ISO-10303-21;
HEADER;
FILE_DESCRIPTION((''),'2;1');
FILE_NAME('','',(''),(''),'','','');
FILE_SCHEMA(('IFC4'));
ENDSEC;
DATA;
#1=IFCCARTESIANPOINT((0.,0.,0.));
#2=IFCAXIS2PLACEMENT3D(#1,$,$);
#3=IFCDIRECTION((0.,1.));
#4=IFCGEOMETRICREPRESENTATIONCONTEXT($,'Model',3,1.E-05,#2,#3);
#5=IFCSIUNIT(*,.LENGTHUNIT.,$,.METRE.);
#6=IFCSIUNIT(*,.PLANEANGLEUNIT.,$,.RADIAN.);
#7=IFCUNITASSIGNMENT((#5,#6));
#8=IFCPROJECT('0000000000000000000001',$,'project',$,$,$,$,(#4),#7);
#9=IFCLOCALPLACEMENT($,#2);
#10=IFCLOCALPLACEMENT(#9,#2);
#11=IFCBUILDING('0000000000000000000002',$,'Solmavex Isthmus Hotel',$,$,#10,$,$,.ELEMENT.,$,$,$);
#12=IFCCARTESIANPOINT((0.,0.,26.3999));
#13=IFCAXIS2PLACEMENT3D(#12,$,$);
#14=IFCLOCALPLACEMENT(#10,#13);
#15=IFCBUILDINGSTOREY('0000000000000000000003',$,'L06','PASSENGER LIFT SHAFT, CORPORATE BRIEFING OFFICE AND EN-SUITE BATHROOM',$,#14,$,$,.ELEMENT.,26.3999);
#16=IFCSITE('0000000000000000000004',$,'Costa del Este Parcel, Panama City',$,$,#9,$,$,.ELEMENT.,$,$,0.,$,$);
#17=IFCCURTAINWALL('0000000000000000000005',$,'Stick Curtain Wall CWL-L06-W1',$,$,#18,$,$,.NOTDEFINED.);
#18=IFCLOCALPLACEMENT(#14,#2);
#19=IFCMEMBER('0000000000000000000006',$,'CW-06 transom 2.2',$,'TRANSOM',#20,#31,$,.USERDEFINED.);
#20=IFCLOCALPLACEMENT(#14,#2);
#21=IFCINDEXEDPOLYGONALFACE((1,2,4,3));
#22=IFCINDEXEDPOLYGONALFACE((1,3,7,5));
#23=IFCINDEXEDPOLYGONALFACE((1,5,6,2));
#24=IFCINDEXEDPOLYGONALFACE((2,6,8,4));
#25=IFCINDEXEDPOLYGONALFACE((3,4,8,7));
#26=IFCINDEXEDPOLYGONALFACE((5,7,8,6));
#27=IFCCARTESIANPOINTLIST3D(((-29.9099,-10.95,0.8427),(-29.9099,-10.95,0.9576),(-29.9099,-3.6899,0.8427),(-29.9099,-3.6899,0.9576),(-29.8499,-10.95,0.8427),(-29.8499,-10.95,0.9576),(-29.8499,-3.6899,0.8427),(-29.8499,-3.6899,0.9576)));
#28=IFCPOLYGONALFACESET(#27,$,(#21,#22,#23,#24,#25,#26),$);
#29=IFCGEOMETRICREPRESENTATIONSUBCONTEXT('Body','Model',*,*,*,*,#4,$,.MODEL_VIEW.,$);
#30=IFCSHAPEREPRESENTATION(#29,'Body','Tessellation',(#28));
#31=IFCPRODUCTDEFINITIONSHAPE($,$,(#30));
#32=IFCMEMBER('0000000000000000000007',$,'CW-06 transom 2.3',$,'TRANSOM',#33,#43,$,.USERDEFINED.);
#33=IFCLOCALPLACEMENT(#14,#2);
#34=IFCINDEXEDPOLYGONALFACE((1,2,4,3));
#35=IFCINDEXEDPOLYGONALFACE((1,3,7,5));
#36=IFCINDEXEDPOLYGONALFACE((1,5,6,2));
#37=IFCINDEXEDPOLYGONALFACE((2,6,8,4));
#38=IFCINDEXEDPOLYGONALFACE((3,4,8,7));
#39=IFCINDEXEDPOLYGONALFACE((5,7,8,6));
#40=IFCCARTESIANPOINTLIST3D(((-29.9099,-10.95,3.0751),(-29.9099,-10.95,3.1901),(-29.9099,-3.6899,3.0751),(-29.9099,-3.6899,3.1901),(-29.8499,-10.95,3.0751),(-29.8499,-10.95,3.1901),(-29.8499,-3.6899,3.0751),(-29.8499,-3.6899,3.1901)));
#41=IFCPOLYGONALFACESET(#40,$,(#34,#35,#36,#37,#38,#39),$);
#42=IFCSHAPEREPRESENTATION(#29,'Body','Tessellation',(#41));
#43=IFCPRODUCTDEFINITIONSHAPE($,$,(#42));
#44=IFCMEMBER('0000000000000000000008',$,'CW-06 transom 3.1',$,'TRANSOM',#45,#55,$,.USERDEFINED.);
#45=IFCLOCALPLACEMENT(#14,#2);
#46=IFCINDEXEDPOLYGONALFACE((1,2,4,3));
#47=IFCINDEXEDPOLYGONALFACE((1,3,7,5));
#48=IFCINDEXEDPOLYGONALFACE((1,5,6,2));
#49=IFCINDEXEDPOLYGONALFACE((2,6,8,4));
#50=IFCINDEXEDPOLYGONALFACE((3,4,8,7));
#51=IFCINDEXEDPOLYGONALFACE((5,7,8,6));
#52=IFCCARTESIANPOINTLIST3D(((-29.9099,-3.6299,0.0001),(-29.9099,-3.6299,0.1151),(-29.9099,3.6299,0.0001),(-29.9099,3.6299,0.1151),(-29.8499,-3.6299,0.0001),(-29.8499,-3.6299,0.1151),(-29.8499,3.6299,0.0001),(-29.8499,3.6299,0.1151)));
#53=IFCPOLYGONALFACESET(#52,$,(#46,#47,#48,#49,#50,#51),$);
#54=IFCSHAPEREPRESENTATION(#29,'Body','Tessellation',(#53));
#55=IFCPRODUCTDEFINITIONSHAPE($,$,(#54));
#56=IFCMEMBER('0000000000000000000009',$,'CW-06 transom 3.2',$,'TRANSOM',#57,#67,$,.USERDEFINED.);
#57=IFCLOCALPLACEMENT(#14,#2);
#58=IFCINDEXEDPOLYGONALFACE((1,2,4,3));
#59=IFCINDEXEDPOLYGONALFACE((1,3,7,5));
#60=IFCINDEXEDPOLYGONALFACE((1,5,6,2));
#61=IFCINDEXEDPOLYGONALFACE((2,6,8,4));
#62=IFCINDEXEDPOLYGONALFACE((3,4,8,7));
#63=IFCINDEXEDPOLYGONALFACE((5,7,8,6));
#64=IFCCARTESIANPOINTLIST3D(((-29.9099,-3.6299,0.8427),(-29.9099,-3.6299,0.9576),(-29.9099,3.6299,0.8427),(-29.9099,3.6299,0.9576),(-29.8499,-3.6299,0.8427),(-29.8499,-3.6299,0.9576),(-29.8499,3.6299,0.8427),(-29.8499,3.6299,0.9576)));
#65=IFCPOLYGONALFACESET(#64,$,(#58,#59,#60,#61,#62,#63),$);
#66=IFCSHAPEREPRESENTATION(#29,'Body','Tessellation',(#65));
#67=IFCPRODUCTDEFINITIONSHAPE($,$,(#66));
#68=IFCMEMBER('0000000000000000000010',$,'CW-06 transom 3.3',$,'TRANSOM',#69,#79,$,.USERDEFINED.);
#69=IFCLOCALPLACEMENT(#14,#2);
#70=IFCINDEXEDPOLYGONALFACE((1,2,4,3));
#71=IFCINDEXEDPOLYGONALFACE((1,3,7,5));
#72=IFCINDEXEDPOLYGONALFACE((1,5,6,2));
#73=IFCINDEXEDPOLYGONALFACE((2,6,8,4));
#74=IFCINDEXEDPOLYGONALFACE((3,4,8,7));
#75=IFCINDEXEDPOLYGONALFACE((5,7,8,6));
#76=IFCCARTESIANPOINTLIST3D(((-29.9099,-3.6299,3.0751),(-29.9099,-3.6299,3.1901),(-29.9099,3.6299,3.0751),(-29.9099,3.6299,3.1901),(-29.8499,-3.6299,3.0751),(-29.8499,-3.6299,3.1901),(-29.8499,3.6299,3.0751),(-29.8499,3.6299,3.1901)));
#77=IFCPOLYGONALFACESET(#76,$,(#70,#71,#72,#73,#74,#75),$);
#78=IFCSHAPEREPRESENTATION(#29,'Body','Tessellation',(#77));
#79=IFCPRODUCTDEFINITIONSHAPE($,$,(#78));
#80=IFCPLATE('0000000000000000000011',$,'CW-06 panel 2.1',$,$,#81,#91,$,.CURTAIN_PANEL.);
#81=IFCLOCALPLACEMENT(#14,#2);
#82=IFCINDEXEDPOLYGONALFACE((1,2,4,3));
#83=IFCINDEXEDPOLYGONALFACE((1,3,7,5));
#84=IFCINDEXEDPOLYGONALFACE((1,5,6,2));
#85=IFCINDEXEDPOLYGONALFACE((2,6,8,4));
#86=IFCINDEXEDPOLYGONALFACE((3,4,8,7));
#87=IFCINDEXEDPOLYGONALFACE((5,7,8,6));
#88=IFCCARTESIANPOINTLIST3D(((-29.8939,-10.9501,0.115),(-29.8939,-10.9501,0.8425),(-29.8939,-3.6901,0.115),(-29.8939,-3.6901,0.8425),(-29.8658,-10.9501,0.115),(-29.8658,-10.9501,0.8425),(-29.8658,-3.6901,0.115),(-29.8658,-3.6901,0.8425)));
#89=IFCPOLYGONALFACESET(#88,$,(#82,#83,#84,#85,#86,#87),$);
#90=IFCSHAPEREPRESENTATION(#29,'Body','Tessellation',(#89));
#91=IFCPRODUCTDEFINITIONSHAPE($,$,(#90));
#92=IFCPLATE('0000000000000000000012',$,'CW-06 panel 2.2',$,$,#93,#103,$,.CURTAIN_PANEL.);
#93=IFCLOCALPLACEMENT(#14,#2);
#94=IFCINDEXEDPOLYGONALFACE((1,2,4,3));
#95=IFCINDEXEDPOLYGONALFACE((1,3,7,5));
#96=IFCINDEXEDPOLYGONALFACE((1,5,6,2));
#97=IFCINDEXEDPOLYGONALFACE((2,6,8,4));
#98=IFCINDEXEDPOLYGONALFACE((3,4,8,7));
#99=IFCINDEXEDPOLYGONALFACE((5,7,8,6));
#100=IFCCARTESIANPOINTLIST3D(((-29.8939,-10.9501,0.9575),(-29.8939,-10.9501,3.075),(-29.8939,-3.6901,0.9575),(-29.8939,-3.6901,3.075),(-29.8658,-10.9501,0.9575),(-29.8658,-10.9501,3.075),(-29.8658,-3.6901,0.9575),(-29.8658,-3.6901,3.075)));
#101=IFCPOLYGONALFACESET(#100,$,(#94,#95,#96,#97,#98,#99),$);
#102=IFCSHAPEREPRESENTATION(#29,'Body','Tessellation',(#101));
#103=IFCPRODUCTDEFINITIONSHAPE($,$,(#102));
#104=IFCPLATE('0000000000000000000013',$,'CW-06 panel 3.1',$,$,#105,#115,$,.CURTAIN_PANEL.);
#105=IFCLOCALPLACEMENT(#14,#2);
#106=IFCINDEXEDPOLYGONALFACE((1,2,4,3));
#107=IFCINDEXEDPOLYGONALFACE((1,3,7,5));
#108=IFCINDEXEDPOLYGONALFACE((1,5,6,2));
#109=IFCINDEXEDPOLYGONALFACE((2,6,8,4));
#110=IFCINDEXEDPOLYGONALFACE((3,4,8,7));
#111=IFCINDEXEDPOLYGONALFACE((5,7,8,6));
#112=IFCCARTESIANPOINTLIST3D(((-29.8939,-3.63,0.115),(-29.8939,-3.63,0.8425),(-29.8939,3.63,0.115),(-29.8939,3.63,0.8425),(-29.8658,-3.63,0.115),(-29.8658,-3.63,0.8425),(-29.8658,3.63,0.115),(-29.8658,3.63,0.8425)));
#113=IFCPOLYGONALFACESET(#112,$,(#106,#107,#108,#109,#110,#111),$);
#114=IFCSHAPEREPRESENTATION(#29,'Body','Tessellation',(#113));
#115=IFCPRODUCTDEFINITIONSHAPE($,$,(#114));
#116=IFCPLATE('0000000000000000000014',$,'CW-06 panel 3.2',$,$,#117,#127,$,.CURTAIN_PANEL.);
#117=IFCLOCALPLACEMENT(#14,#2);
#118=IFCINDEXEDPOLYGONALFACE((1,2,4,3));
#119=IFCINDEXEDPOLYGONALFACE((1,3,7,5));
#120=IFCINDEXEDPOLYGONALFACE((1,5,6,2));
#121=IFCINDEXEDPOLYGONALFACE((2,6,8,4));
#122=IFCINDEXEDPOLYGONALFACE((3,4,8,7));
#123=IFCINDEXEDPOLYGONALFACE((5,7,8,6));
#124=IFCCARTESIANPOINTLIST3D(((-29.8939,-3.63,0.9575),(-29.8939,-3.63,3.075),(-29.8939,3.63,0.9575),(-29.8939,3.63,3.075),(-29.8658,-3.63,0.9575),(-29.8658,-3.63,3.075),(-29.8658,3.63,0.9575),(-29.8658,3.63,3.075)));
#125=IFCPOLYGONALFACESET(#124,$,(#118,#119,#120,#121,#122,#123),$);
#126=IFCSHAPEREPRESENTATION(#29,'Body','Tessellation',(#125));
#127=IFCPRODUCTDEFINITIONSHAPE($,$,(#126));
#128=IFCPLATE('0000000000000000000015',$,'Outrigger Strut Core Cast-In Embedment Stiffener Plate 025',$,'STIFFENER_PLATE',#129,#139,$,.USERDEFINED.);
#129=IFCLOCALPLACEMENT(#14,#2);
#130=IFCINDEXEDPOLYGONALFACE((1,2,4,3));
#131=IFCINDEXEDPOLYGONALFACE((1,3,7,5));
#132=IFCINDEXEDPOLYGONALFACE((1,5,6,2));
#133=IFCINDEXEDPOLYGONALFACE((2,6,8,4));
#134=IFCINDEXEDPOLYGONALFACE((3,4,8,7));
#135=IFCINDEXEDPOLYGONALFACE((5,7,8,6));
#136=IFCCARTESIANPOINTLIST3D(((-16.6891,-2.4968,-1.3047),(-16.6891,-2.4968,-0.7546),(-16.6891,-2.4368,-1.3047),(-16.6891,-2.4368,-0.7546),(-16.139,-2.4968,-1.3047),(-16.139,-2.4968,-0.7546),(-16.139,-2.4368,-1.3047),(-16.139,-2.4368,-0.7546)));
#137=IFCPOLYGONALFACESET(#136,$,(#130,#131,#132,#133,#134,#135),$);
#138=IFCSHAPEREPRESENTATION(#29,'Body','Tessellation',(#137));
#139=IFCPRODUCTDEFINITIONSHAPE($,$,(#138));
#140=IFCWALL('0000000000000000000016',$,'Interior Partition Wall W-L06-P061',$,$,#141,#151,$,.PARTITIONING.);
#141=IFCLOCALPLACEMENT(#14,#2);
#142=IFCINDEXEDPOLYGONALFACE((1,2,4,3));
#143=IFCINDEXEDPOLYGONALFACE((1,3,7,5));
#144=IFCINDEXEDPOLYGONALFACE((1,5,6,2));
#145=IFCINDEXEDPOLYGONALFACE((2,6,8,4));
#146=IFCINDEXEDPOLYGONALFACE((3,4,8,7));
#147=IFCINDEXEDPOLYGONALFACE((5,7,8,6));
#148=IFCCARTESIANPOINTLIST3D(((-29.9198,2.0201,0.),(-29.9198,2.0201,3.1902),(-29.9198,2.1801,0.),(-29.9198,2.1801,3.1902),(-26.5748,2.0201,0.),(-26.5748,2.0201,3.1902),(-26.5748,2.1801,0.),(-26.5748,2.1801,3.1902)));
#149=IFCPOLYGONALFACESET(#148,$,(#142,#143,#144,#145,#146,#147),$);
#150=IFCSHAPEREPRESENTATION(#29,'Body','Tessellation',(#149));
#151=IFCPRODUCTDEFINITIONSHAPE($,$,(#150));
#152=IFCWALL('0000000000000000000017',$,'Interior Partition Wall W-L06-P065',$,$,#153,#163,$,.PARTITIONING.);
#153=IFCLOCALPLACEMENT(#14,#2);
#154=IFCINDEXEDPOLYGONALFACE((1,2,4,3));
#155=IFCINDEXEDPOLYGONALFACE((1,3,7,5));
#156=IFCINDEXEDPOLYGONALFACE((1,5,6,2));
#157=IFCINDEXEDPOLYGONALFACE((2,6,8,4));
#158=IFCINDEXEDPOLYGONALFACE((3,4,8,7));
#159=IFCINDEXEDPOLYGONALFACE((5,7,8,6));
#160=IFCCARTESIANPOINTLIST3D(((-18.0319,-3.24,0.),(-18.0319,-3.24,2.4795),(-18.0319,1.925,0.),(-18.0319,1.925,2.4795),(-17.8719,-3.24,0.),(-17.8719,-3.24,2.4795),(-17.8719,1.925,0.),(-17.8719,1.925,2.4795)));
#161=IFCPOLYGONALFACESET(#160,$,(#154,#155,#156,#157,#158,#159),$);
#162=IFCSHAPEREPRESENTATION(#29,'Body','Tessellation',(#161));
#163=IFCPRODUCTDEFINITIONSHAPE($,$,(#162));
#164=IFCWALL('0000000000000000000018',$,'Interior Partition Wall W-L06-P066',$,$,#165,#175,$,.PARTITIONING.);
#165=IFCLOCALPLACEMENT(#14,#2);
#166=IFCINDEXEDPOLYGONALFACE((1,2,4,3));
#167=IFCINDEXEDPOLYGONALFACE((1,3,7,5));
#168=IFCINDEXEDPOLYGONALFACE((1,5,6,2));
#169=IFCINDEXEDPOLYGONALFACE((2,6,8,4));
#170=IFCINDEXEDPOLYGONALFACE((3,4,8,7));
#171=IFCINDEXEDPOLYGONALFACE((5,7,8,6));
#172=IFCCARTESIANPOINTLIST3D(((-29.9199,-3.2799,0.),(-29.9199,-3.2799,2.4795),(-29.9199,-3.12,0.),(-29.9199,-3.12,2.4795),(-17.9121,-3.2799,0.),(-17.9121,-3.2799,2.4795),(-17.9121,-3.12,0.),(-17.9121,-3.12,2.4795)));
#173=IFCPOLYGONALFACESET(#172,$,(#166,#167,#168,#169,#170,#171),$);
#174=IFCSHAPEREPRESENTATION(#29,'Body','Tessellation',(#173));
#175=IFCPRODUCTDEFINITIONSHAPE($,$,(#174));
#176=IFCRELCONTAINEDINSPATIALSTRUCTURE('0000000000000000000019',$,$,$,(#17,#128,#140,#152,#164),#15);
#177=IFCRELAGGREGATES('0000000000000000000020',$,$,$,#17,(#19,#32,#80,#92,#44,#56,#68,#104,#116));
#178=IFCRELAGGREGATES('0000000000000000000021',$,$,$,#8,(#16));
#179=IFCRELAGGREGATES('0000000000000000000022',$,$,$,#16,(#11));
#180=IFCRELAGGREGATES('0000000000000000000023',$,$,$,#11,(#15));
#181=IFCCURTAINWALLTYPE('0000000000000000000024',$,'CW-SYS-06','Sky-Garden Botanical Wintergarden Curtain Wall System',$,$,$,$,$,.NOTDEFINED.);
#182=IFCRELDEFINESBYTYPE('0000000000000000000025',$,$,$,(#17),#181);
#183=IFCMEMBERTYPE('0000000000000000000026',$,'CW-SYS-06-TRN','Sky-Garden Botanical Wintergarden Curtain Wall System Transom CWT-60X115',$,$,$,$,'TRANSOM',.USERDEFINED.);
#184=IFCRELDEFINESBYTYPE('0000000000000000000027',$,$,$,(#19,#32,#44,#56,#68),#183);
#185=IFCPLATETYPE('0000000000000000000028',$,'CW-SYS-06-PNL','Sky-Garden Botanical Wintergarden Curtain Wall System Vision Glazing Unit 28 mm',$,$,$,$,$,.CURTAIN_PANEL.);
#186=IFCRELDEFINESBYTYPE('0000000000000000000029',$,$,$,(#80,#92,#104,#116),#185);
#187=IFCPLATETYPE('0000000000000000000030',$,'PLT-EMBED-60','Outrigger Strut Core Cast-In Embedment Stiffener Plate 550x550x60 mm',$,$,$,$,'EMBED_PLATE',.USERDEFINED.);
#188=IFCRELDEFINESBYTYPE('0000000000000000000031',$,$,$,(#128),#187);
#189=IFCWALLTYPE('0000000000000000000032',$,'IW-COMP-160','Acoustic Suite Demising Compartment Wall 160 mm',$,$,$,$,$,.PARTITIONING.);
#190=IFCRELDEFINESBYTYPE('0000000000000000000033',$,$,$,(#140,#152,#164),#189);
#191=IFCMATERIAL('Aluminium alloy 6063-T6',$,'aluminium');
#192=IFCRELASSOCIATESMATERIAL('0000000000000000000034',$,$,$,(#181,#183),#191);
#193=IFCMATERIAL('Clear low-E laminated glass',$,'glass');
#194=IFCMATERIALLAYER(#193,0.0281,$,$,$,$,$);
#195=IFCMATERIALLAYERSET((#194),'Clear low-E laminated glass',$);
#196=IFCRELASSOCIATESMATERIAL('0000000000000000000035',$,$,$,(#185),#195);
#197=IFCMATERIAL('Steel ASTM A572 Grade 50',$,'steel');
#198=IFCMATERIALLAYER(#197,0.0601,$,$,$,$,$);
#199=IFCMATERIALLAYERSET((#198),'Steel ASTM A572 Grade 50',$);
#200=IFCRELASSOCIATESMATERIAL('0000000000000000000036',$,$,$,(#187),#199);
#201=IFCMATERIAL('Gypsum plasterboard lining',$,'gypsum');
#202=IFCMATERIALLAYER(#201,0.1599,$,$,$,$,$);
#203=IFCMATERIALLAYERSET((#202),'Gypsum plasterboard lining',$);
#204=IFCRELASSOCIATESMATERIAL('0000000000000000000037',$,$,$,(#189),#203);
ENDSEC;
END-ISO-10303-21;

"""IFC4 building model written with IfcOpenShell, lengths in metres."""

from ifc_helpers import new_model, si_unit, direction, frame, frame_2d, origin, origin_2d, place, context, subcontext, project, spatial, rectangle, extrude, material, layer, layer_set, material_profile, profile_set, type_object, element, aggregate, save


model = new_model("IFC4")

# Units and contexts
model_context = context("Model", 3, precision=1e-05, world=origin(), true_north=direction((0.0, 1.0)))
body_context = subcontext(model_context, "Body", "Model", "MODEL_VIEW")
ifc_project = project(units=[si_unit("LENGTHUNIT", "METRE"), si_unit("PLANEANGLEUNIT", "RADIAN")], contexts=[model_context])

# Site, building, storey
site_placement = place(None, origin())
site = spatial("IfcSite", under=ifc_project, at=site_placement, Name="Costa del Este Parcel, Panama City", CompositionType="ELEMENT", RefElevation=0.0)
building_placement = place(site_placement, origin())
building = spatial("IfcBuilding", under=site, at=building_placement, Name="Solmavex Isthmus Hotel", CompositionType="ELEMENT")
storey_placement = place(building_placement, frame((0.0, 0.0, 26.3999)))
storey = spatial("IfcBuildingStorey", under=building, at=storey_placement, Name="L06", Description="PASSENGER LIFT SHAFT, CORPORATE BRIEFING OFFICE AND EN-SUITE BATHROOM", CompositionType="ELEMENT", Elevation=26.3999)

# Shared definitions
ifc_material_1 = material(Name="Steel ASTM A572 Grade 50", Category="steel")

# Curtain wall, members, plates
ifc_material_2 = material(Name="Aluminium alloy 6063-T6", Category="aluminium")
curtain_wall_type = type_object("IfcCurtainWallType", Name="CW-SYS-06", Description="Sky-Garden Botanical Wintergarden Curtain Wall System", PredefinedType="NOTDEFINED", material=ifc_material_2)
curtain_wall_placement = place(storey_placement, origin())
curtain_wall = element("IfcCurtainWall", 1, at=curtain_wall_placement, inside=storey, type_object=curtain_wall_type, Name="Stick Curtain Wall CWL-L06-W1", PredefinedType="NOTDEFINED")
ifc_material_profile_1 = material_profile(ifc_material_2, rectangle(XDim=0.0601, YDim=0.115, at=origin_2d()), Name="CWT-60X115")
ifc_profile_set_1 = profile_set([ifc_material_profile_1], Name="Aluminium alloy 6063-T6")
member_type_1 = type_object("IfcMemberType", Name="CW-SYS-06-TRN", Description="Sky-Garden Botanical Wintergarden Curtain Wall System Transom CWT-60X115", ElementType="TRANSOM", PredefinedType="USERDEFINED", material=ifc_profile_set_1)
member_1_placement = place(storey_placement, frame((-29.8799, -10.95, 0.9001), z_axis=(0.0, 1.0, 0.0), x_axis=(-1.0, 0.0, 0.0)))
member_1 = element("IfcMember", 2, at=member_1_placement, type_object=member_type_1, Name="CW-06 transom 2.2", ObjectType="TRANSOM", PredefinedType="USERDEFINED", context=body_context, shape_type="SweptSolid", body=[
    extrude(rectangle(XDim=0.0601, YDim=0.115, at=origin_2d()), origin(), (0.0, 0.0, 1.0), 7.26),
])
member_2_placement = place(storey_placement, frame((-29.8799, -10.95, 3.1326), z_axis=(0.0, 1.0, 0.0), x_axis=(-1.0, 0.0, 0.0)))
member_2 = element("IfcMember", 3, at=member_2_placement, type_object=member_type_1, Name="CW-06 transom 2.3", ObjectType="TRANSOM", PredefinedType="USERDEFINED", context=body_context, shape_type="SweptSolid", body=[
    extrude(rectangle(XDim=0.0601, YDim=0.115, at=origin_2d()), origin(), (0.0, 0.0, 1.0), 7.26),
])
member_3_placement = place(storey_placement, frame((-29.8799, -3.6299, 0.0576), z_axis=(0.0, 1.0, 0.0), x_axis=(-1.0, 0.0, 0.0)))
member_3 = element("IfcMember", 4, at=member_3_placement, type_object=member_type_1, Name="CW-06 transom 3.1", ObjectType="TRANSOM", PredefinedType="USERDEFINED", context=body_context, shape_type="SweptSolid", body=[
    extrude(rectangle(XDim=0.0601, YDim=0.115, at=origin_2d()), origin(), (0.0, 0.0, 1.0), 7.2598),
])
member_4_placement = place(storey_placement, frame((-29.8799, -3.6299, 0.9001), z_axis=(0.0, 1.0, 0.0), x_axis=(-1.0, 0.0, 0.0)))
member_4 = element("IfcMember", 5, at=member_4_placement, type_object=member_type_1, Name="CW-06 transom 3.2", ObjectType="TRANSOM", PredefinedType="USERDEFINED", context=body_context, shape_type="SweptSolid", body=[
    extrude(rectangle(XDim=0.0601, YDim=0.115, at=origin_2d()), origin(), (0.0, 0.0, 1.0), 7.2598),
])
member_5_placement = place(storey_placement, frame((-29.8799, -3.6299, 3.1326), z_axis=(0.0, 1.0, 0.0), x_axis=(-1.0, 0.0, 0.0)))
member_5 = element("IfcMember", 6, at=member_5_placement, type_object=member_type_1, Name="CW-06 transom 3.3", ObjectType="TRANSOM", PredefinedType="USERDEFINED", context=body_context, shape_type="SweptSolid", body=[
    extrude(rectangle(XDim=0.0601, YDim=0.115, at=origin_2d()), origin(), (0.0, 0.0, 1.0), 7.2598),
])
ifc_material_3 = material(Name="Clear low-E laminated glass", Category="glass")
ifc_layer_1 = layer(ifc_material_3, 0.0281)
ifc_layer_set_1 = layer_set([ifc_layer_1], Name="Clear low-E laminated glass")
plate_type_1 = type_object("IfcPlateType", Name="CW-SYS-06-PNL", Description="Sky-Garden Botanical Wintergarden Curtain Wall System Vision Glazing Unit 28 mm", PredefinedType="CURTAIN_PANEL", material=ifc_layer_set_1)
plate_1_placement = place(storey_placement, frame((-29.8799, -7.3201, 0.115), z_axis=(0.0, 0.0, 1.0), x_axis=(0.0, 1.0, 0.0)))
plate_1 = element("IfcPlate", 7, at=plate_1_placement, type_object=plate_type_1, Name="CW-06 panel 2.1", PredefinedType="CURTAIN_PANEL", context=body_context, shape_type="SweptSolid", body=[
    extrude(rectangle(XDim=7.26, YDim=0.0281, at=origin_2d()), origin(), (0.0, 0.0, 1.0), 0.7275),
])
plate_2_placement = place(storey_placement, frame((-29.8799, -7.3201, 0.9575), z_axis=(0.0, 0.0, 1.0), x_axis=(0.0, 1.0, 0.0)))
plate_2 = element("IfcPlate", 8, at=plate_2_placement, type_object=plate_type_1, Name="CW-06 panel 2.2", PredefinedType="CURTAIN_PANEL", context=body_context, shape_type="SweptSolid", body=[
    extrude(rectangle(XDim=7.26, YDim=0.0281, at=origin_2d()), origin(), (0.0, 0.0, 1.0), 2.1174),
])
plate_3_placement = place(storey_placement, frame((-29.8799, 0.0, 0.115), z_axis=(0.0, 0.0, 1.0), x_axis=(0.0, 1.0, 0.0)))
plate_3 = element("IfcPlate", 9, at=plate_3_placement, type_object=plate_type_1, Name="CW-06 panel 3.1", PredefinedType="CURTAIN_PANEL", context=body_context, shape_type="SweptSolid", body=[
    extrude(rectangle(XDim=7.26, YDim=0.0281, at=origin_2d()), origin(), (0.0, 0.0, 1.0), 0.7275),
])
plate_4_placement = place(storey_placement, frame((-29.8799, 0.0, 0.9575), z_axis=(0.0, 0.0, 1.0), x_axis=(0.0, 1.0, 0.0)))
plate_4 = element("IfcPlate", 10, at=plate_4_placement, type_object=plate_type_1, Name="CW-06 panel 3.2", PredefinedType="CURTAIN_PANEL", context=body_context, shape_type="SweptSolid", body=[
    extrude(rectangle(XDim=7.26, YDim=0.0281, at=origin_2d()), origin(), (0.0, 0.0, 1.0), 2.1174),
])
aggregate(curtain_wall, [member_1, member_2, plate_1, plate_2, member_3, member_4, member_5, plate_3, plate_4])

# Plate
ifc_layer_2 = layer(ifc_material_1, 0.0601)
ifc_layer_set_2 = layer_set([ifc_layer_2], Name="Steel ASTM A572 Grade 50")
plate_type_2 = type_object("IfcPlateType", Name="PLT-EMBED-60", Description="Outrigger Strut Core Cast-In Embedment Stiffener Plate 550x550x60 mm", ElementType="EMBED_PLATE", PredefinedType="USERDEFINED", material=ifc_layer_set_2)
plate_5_placement = place(storey_placement, frame((-16.4141, -2.4668, -1.3047), z_axis=(0.0, 0.0, 1.0), x_axis=(1.0, 0.0, 0.0)))
element("IfcPlate", 11, at=plate_5_placement, inside=storey, type_object=plate_type_2, Name="Outrigger Strut Core Cast-In Embedment Stiffener Plate 025", ObjectType="STIFFENER_PLATE", PredefinedType="USERDEFINED", context=body_context, shape_type="SweptSolid", body=[
    extrude(rectangle(XDim=0.55, YDim=0.0601, at=origin_2d()), origin(), (0.0, 0.0, 1.0), 0.55),
])

# Walls
ifc_material_4 = material(Name="Gypsum plasterboard lining", Category="gypsum")
ifc_layer_3 = layer(ifc_material_4, 0.1599)
ifc_layer_set_3 = layer_set([ifc_layer_3], Name="Gypsum plasterboard lining")
wall_type_1 = type_object("IfcWallType", Name="IW-COMP-160", Description="Acoustic Suite Demising Compartment Wall 160 mm", PredefinedType="PARTITIONING", material=ifc_layer_set_3)
wall_1_placement = place(storey_placement, frame((-26.575, 2.1001, 0.0), z_axis=(0.0, 0.0, 1.0), x_axis=(-1.0, 0.0, 0.0)))
element("IfcWall", 12, at=wall_1_placement, inside=storey, type_object=wall_type_1, Name="Interior Partition Wall W-L06-P061", PredefinedType="PARTITIONING", context=body_context, shape_type="SweptSolid", body=[
    extrude(rectangle(XDim=3.345, YDim=0.1599, at=frame_2d((1.6724, 0.0))), origin(), (0.0, 0.0, 1.0), 3.1902),
])
wall_2_placement = place(storey_placement, frame((-17.9519, 1.925, 0.0), z_axis=(0.0, 0.0, 1.0), x_axis=(0.0, -1.0, 0.0)))
element("IfcWall", 13, at=wall_2_placement, inside=storey, type_object=wall_type_1, Name="Interior Partition Wall W-L06-P065", PredefinedType="PARTITIONING", context=body_context, shape_type="SweptSolid", body=[
    extrude(rectangle(XDim=5.165, YDim=0.1599, at=frame_2d((2.5825, 0.0))), origin(), (0.0, 0.0, 1.0), 2.4795),
])
wall_3_placement = place(storey_placement, frame((-17.9121, -3.2, 0.0), z_axis=(0.0, 0.0, 1.0), x_axis=(-1.0, 0.0, 0.0)))
element("IfcWall", 14, at=wall_3_placement, inside=storey, type_object=wall_type_1, Name="Interior Partition Wall W-L06-P066", PredefinedType="PARTITIONING", context=body_context, shape_type="SweptSolid", body=[
    extrude(rectangle(XDim=12.0078, YDim=0.1599, at=frame_2d((6.0039, 0.0))), origin(), (0.0, 0.0, 1.0), 2.4795),
])

save(model, "model.ifc")
